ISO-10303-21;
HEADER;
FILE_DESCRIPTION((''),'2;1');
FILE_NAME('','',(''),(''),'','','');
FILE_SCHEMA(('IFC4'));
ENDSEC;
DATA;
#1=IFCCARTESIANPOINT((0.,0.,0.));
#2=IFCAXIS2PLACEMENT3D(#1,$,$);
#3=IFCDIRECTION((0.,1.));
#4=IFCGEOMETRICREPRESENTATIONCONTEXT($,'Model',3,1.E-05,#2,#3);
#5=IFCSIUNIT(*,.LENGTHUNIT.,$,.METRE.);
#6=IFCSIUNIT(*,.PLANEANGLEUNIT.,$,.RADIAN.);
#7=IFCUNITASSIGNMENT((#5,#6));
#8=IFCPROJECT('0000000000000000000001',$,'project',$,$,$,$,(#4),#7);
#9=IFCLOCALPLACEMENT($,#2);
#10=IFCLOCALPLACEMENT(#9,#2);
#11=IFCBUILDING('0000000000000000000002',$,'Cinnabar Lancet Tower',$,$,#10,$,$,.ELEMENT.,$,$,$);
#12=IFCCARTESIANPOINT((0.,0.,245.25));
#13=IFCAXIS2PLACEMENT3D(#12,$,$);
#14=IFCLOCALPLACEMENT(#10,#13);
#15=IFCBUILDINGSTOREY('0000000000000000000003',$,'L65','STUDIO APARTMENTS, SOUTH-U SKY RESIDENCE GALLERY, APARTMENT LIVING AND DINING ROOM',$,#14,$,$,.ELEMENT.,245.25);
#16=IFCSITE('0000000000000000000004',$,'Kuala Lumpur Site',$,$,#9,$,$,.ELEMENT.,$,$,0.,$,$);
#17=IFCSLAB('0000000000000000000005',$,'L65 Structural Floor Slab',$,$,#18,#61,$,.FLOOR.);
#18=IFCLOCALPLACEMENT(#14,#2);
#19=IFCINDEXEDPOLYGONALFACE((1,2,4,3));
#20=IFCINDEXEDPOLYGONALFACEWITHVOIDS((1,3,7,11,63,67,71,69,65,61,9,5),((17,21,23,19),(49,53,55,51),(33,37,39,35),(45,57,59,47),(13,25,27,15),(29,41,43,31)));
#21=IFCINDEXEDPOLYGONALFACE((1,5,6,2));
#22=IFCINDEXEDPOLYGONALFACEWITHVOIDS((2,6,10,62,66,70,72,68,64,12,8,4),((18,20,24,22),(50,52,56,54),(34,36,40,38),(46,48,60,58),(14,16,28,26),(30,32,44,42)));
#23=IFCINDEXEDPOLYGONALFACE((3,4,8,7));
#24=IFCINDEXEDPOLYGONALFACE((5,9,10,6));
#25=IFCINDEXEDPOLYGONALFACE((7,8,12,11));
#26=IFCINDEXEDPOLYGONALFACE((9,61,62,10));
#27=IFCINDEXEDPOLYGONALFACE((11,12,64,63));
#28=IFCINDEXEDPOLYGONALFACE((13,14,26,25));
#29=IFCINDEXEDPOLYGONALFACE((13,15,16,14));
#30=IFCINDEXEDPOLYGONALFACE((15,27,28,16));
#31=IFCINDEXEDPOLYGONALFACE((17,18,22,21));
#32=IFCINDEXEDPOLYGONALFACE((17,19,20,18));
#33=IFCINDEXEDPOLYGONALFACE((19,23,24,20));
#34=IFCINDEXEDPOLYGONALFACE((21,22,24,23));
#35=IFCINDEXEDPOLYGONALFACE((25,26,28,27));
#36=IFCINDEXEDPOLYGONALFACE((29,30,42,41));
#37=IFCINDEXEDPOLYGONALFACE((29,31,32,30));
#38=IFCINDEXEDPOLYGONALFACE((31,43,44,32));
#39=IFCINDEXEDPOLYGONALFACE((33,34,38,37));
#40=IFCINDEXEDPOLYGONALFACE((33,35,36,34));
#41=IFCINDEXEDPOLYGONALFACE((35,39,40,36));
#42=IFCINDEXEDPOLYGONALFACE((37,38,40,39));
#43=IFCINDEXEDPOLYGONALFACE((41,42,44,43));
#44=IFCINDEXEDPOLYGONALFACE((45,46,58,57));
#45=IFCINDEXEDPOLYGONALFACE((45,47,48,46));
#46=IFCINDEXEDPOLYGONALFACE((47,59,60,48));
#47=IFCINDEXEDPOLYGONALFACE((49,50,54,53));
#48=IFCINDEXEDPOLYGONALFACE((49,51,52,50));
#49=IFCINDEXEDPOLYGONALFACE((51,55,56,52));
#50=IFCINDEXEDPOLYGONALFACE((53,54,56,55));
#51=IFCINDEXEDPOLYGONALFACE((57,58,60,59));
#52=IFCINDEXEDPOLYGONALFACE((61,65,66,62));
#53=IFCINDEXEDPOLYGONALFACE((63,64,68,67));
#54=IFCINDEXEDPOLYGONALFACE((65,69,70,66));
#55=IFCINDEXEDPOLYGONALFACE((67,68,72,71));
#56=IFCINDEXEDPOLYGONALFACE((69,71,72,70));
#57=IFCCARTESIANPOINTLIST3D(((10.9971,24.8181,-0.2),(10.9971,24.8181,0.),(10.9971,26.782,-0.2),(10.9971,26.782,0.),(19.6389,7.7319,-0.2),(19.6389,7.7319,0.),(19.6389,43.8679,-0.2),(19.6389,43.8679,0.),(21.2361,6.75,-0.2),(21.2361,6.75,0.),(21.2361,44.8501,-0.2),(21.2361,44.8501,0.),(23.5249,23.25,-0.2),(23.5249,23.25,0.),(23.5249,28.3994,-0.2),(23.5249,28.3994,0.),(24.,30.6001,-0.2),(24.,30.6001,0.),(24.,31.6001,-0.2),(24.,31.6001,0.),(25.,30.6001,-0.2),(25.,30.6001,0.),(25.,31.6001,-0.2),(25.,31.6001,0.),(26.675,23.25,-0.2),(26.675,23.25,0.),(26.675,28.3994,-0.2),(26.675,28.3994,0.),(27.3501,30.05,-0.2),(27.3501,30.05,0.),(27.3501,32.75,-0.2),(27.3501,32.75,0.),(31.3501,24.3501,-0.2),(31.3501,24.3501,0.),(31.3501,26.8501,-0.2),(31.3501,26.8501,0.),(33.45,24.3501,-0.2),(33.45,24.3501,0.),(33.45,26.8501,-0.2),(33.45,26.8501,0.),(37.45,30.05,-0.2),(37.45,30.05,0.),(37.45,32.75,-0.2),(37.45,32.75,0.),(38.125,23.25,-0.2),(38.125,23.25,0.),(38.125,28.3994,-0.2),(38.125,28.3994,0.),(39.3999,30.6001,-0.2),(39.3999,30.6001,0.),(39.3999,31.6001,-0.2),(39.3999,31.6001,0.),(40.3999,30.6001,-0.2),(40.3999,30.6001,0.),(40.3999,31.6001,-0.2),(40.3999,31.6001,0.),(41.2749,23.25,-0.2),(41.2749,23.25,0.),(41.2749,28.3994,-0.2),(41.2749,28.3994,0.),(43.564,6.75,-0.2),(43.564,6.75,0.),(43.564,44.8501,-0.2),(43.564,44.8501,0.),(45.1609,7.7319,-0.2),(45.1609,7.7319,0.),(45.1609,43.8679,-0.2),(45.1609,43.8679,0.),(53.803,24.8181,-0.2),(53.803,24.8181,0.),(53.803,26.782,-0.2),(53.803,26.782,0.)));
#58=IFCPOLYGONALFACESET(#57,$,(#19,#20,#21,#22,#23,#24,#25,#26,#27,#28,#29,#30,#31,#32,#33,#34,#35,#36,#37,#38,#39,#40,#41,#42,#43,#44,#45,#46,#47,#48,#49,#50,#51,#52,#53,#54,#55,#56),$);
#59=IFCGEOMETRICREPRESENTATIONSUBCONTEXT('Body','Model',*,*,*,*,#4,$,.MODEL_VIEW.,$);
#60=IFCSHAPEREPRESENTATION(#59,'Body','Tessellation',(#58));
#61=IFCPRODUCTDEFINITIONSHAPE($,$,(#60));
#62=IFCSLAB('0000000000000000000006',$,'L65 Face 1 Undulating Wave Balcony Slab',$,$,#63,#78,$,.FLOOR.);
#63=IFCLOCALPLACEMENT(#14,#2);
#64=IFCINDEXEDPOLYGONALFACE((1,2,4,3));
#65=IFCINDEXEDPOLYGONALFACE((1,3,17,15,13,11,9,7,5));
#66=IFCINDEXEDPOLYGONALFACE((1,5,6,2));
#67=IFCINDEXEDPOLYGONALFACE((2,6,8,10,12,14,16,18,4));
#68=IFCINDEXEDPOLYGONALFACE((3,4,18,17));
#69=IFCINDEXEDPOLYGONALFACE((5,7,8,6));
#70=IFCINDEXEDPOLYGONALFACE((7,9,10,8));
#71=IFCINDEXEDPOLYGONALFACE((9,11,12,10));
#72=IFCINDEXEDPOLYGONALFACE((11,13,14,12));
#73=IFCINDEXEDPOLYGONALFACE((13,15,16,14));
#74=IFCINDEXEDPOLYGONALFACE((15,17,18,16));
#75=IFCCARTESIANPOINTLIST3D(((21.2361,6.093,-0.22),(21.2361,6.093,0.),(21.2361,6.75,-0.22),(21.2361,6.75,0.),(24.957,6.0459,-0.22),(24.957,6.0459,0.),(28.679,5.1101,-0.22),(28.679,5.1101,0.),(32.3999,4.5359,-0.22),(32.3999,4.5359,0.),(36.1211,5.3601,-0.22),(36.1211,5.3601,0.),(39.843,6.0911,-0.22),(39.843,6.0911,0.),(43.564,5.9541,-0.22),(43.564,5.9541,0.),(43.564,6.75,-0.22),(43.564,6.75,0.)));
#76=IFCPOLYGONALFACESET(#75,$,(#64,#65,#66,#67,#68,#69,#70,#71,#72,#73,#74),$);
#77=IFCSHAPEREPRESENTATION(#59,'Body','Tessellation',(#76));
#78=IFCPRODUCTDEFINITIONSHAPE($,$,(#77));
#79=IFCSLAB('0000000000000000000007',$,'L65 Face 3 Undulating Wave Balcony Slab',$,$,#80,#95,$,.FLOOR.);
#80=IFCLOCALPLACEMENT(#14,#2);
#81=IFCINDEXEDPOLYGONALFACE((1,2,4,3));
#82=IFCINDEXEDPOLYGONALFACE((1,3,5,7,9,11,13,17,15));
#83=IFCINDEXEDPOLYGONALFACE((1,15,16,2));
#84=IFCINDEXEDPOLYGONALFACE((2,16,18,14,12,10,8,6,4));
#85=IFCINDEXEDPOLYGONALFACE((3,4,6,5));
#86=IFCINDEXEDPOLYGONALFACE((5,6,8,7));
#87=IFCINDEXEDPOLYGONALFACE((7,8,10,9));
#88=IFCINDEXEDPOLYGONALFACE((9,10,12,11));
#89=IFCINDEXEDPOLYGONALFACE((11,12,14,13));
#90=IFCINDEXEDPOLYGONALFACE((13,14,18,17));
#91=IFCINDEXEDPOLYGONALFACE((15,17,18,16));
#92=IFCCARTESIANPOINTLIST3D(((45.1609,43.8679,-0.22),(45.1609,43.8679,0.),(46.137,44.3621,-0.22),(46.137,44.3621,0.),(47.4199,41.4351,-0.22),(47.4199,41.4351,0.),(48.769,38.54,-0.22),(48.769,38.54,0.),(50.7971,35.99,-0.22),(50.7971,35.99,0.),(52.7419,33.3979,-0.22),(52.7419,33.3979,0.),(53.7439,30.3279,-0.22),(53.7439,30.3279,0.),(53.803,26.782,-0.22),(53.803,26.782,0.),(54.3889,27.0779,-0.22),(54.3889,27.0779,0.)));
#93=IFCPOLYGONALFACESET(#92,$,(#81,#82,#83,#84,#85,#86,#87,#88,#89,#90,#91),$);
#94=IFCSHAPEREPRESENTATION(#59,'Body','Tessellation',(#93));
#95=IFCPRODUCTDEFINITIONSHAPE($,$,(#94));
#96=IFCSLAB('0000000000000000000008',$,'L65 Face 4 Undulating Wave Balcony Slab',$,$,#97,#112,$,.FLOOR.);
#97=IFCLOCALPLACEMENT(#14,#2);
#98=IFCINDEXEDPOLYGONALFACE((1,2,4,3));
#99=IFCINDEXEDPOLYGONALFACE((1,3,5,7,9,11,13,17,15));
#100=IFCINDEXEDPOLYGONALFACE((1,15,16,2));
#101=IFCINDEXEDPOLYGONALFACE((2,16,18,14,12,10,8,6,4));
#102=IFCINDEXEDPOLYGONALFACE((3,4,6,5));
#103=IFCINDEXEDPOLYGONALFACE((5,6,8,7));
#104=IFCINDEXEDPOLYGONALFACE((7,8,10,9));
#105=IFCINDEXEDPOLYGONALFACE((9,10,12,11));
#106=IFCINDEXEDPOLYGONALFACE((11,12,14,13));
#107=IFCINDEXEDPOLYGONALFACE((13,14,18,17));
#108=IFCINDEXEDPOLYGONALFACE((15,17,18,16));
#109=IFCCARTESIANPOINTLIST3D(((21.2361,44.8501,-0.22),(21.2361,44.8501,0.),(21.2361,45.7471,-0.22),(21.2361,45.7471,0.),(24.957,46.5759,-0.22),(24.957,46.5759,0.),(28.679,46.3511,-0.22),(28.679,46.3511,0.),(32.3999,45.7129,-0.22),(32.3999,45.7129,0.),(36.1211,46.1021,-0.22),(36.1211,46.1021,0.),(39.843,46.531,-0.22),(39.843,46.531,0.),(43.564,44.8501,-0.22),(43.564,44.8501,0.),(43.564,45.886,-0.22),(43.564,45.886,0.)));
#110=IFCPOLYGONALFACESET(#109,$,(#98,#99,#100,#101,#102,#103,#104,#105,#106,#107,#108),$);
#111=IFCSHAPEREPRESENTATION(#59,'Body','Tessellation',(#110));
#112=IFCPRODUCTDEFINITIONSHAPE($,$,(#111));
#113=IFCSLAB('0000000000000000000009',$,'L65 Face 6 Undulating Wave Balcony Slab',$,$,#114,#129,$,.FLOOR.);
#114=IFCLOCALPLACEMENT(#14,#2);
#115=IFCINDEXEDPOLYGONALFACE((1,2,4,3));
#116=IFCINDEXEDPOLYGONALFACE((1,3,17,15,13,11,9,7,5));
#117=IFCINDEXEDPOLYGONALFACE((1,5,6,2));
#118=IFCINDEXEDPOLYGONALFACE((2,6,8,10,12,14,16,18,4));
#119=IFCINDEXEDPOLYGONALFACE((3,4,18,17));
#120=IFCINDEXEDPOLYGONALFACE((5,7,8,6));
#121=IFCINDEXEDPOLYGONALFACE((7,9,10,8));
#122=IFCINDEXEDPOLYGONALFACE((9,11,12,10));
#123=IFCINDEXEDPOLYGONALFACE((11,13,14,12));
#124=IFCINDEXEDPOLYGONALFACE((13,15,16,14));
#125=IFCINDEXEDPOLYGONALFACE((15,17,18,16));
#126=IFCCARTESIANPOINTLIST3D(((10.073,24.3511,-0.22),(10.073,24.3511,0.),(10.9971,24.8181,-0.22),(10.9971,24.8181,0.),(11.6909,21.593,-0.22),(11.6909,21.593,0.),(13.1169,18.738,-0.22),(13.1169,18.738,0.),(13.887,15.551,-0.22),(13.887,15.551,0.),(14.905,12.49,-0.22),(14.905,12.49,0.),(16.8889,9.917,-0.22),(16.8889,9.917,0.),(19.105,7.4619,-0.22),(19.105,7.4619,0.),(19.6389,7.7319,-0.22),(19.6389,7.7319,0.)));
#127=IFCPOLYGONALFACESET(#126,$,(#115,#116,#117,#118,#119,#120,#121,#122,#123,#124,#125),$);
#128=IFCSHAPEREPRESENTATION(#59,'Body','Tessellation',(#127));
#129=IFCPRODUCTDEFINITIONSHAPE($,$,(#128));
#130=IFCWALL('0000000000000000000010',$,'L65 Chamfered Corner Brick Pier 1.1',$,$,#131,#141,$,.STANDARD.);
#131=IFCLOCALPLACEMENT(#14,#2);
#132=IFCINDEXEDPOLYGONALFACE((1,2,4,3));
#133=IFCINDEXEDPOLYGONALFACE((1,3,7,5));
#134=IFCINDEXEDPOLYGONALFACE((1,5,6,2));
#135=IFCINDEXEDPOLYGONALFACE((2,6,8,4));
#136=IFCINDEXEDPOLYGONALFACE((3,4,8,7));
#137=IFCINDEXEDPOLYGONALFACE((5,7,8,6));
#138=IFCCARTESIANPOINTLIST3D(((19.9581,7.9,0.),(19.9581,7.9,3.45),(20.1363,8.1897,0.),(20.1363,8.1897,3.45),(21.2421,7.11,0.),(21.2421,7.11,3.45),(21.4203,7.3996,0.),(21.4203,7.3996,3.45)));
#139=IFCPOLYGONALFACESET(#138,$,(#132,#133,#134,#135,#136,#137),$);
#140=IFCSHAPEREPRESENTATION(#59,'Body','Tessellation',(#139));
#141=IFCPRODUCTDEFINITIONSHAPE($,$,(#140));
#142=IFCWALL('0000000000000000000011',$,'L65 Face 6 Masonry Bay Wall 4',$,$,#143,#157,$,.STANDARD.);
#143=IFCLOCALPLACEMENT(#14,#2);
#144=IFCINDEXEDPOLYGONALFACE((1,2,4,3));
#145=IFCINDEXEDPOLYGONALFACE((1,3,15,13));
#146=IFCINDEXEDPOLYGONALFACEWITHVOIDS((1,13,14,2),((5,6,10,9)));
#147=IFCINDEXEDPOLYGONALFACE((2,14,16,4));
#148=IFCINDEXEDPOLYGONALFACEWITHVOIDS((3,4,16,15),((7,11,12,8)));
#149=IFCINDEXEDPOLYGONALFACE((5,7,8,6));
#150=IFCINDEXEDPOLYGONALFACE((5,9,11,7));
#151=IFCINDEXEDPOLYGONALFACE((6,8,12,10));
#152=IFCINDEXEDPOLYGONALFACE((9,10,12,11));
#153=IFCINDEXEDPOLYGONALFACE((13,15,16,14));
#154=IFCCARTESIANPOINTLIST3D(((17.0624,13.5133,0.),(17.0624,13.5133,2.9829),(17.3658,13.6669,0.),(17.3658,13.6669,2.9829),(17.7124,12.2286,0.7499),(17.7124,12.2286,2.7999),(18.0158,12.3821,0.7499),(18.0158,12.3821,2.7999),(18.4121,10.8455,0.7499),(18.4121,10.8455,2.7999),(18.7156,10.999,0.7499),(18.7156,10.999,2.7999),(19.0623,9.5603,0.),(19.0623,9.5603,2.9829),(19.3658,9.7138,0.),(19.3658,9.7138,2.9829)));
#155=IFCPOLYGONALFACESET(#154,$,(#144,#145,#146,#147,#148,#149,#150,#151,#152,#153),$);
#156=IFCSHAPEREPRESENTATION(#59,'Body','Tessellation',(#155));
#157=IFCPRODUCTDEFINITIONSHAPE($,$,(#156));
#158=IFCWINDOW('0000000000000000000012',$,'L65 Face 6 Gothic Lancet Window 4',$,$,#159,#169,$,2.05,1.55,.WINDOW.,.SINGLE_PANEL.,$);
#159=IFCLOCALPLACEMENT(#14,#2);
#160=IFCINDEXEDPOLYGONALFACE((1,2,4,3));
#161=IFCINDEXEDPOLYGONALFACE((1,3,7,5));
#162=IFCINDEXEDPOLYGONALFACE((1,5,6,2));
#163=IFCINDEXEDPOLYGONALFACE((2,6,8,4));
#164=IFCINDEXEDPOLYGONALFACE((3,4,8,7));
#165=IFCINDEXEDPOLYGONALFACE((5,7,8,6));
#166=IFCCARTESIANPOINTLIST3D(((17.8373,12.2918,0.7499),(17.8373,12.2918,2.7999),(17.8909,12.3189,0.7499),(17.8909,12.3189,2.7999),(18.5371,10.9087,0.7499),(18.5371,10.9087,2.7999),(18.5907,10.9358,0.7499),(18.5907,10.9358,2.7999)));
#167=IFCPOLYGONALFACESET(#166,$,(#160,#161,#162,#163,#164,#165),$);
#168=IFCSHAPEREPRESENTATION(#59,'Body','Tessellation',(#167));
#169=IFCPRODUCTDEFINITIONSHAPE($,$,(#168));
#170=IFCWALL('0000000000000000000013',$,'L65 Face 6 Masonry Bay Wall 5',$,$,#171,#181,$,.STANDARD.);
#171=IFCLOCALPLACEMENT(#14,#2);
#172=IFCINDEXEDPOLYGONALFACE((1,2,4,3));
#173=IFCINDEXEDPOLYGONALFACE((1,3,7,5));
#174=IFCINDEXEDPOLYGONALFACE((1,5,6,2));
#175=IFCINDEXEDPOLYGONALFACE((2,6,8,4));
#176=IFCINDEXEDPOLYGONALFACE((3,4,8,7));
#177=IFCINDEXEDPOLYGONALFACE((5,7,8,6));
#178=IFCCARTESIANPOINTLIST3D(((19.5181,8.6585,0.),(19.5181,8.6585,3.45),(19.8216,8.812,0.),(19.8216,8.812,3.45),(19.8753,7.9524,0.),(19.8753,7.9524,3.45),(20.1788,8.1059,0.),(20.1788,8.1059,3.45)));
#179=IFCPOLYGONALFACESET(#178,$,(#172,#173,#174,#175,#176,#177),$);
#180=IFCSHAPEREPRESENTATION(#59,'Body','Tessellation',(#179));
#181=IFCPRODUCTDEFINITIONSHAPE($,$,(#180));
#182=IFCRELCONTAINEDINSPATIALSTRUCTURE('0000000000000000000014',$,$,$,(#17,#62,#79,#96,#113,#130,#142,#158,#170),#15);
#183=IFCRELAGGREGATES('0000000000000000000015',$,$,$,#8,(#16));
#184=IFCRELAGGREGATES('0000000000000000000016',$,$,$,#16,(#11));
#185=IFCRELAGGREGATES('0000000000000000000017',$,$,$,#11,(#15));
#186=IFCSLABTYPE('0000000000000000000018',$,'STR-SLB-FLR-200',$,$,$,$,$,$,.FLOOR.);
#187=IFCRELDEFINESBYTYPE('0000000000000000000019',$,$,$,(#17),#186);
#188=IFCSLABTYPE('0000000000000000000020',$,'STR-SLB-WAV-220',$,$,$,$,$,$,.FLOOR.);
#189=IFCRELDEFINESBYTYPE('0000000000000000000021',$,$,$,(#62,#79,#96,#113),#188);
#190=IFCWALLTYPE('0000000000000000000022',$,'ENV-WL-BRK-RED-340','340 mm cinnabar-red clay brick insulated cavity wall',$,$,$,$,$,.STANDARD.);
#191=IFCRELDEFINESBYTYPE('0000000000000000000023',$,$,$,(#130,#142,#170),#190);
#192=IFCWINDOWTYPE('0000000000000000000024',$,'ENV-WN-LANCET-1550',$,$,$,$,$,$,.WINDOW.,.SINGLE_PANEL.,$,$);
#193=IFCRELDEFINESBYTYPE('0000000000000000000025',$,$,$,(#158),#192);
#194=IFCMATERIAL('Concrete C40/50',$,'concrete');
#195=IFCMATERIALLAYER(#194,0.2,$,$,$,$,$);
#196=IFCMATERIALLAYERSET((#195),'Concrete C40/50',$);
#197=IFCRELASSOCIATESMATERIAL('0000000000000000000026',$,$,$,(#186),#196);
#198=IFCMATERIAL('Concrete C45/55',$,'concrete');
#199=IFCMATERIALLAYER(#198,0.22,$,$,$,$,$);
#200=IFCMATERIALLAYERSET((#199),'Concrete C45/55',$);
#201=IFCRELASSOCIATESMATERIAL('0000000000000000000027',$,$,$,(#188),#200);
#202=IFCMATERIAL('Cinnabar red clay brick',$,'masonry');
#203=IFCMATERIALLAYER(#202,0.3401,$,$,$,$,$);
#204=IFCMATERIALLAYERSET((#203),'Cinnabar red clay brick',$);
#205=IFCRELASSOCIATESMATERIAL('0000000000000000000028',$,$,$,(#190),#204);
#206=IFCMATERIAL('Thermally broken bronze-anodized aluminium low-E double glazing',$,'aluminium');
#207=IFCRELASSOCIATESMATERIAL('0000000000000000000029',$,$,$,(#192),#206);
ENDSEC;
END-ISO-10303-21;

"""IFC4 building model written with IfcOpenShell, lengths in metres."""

from ifc_helpers import new_model, si_unit, direction, frame, frame_2d, origin, place, context, subcontext, project, spatial, polyline, rectangle, outline, extrude, material, layer, layer_set, type_object, element, fill, save


model = new_model("IFC4")

# Units and contexts
model_context = context("Model", 3, precision=1e-05, world=origin(), true_north=direction((0.0, 1.0)))
body_context = subcontext(model_context, "Body", "Model", "MODEL_VIEW")
ifc_project = project(units=[si_unit("LENGTHUNIT", "METRE"), si_unit("PLANEANGLEUNIT", "RADIAN")], contexts=[model_context])

# Site, building, storey
site_placement = place(None, origin())
site = spatial("IfcSite", under=ifc_project, at=site_placement, Name="Kuala Lumpur Site", CompositionType="ELEMENT", RefElevation=0.0)
building_placement = place(site_placement, origin())
building = spatial("IfcBuilding", under=site, at=building_placement, Name="Cinnabar Lancet Tower", CompositionType="ELEMENT")
storey_placement = place(building_placement, frame((0.0, 0.0, 245.25)))
storey = spatial("IfcBuildingStorey", under=building, at=storey_placement, Name="L65", Description="STUDIO APARTMENTS, SOUTH-U SKY RESIDENCE GALLERY, APARTMENT LIVING AND DINING ROOM", CompositionType="ELEMENT", Elevation=245.25)

# Slabs
ifc_material_1 = material(Name="Concrete C40/50", Category="concrete")
ifc_layer_1 = layer(ifc_material_1, 0.2)
ifc_layer_set_1 = layer_set([ifc_layer_1], Name="Concrete C40/50")
slab_type_1 = type_object("IfcSlabType", Name="STR-SLB-FLR-200", PredefinedType="FLOOR", material=ifc_layer_set_1)
slab_1_placement = place(storey_placement, frame((0.0, 0.0, -0.2)))
element("IfcSlab", 1, at=slab_1_placement, inside=storey, type_object=slab_type_1, Name="L65 Structural Floor Slab", PredefinedType="FLOOR", context=body_context, shape_type="SweptSolid", body=[
    extrude(outline(polyline([(19.6389, 7.7319), (21.2361, 6.75), (43.564, 6.75), (45.1609, 7.7319), (53.803, 24.8181), (53.803, 26.782), (45.1609, 43.8679), (43.564, 44.8501), (21.2361, 44.8501), (19.6389, 43.8679), (10.9971, 26.782), (10.9971, 24.8181), (19.6389, 7.7319)]), holes=[polyline([(23.5249, 23.25), (26.675, 23.25), (26.675, 28.3994), (23.5249, 28.3994), (23.5249, 23.25)]), polyline([(38.125, 23.25), (41.2749, 23.25), (41.2749, 28.3994), (38.125, 28.3994), (38.125, 23.25)]), polyline([(27.3501, 30.05), (37.45, 30.05), (37.45, 32.75), (27.3501, 32.75), (27.3501, 30.05)]), polyline([(31.3501, 24.3501), (33.45, 24.3501), (33.45, 26.8501), (31.3501, 26.8501), (31.3501, 24.3501)]), polyline([(24.0, 30.6001), (25.0, 30.6001), (25.0, 31.6001), (24.0, 31.6001), (24.0, 30.6001)]), polyline([(39.3999, 30.6001), (40.3999, 30.6001), (40.3999, 31.6001), (39.3999, 31.6001), (39.3999, 30.6001)])]), origin(), (0.0, 0.0, 1.0), 0.2),
])
ifc_material_2 = material(Name="Concrete C45/55", Category="concrete")
ifc_layer_2 = layer(ifc_material_2, 0.22)
ifc_layer_set_2 = layer_set([ifc_layer_2], Name="Concrete C45/55")
slab_type_2 = type_object("IfcSlabType", Name="STR-SLB-WAV-220", PredefinedType="FLOOR", material=ifc_layer_set_2)
slab_2_placement = place(storey_placement, frame((0.0, 0.0, -0.22)))
element("IfcSlab", 2, at=slab_2_placement, inside=storey, type_object=slab_type_2, Name="L65 Face 1 Undulating Wave Balcony Slab", PredefinedType="FLOOR", context=body_context, shape_type="SweptSolid", body=[
    extrude(outline(polyline([(21.2361, 6.75), (21.2361, 6.093), (24.957, 6.0459), (28.679, 5.1101), (32.3999, 4.5359), (36.1211, 5.3601), (39.843, 6.0911), (43.564, 5.9541), (43.564, 6.75), (21.2361, 6.75)])), origin(), (0.0, 0.0, 1.0), 0.22),
])
slab_3_placement = place(storey_placement, frame((0.0, 0.0, -0.22)))
element("IfcSlab", 3, at=slab_3_placement, inside=storey, type_object=slab_type_2, Name="L65 Face 3 Undulating Wave Balcony Slab", PredefinedType="FLOOR", context=body_context, shape_type="SweptSolid", body=[
    extrude(outline(polyline([(53.803, 26.782), (54.3889, 27.0779), (53.7439, 30.3279), (52.7419, 33.3979), (50.7971, 35.99), (48.769, 38.54), (47.4199, 41.4351), (46.137, 44.3621), (45.1609, 43.8679), (53.803, 26.782)])), origin(), (0.0, 0.0, 1.0), 0.22),
])
slab_4_placement = place(storey_placement, frame((0.0, 0.0, -0.22)))
element("IfcSlab", 4, at=slab_4_placement, inside=storey, type_object=slab_type_2, Name="L65 Face 4 Undulating Wave Balcony Slab", PredefinedType="FLOOR", context=body_context, shape_type="SweptSolid", body=[
    extrude(outline(polyline([(43.564, 44.8501), (43.564, 45.886), (39.843, 46.531), (36.1211, 46.1021), (32.3999, 45.7129), (28.679, 46.3511), (24.957, 46.5759), (21.2361, 45.7471), (21.2361, 44.8501), (43.564, 44.8501)])), origin(), (0.0, 0.0, 1.0), 0.22),
])
slab_5_placement = place(storey_placement, frame((0.0, 0.0, -0.22)))
element("IfcSlab", 5, at=slab_5_placement, inside=storey, type_object=slab_type_2, Name="L65 Face 6 Undulating Wave Balcony Slab", PredefinedType="FLOOR", context=body_context, shape_type="SweptSolid", body=[
    extrude(outline(polyline([(10.9971, 24.8181), (10.073, 24.3511), (11.6909, 21.593), (13.1169, 18.738), (13.887, 15.551), (14.905, 12.49), (16.8889, 9.917), (19.105, 7.4619), (19.6389, 7.7319), (10.9971, 24.8181)])), origin(), (0.0, 0.0, 1.0), 0.22),
])

# Wall
ifc_material_3 = material(Name="Cinnabar red clay brick", Category="masonry")
ifc_layer_3 = layer(ifc_material_3, 0.3401)
ifc_layer_set_3 = layer_set([ifc_layer_3], Name="Cinnabar red clay brick")
wall_type = type_object("IfcWallType", Name="ENV-WL-BRK-RED-340", Description="340 mm cinnabar-red clay brick insulated cavity wall", PredefinedType="STANDARD", material=ifc_layer_set_3)
wall_1_placement = place(storey_placement, frame((20.0471, 8.0449, 0.0), z_axis=(0.0, 0.0, 1.0), x_axis=(0.851681, -0.524061, 0.0)))
element("IfcWall", 6, at=wall_1_placement, inside=storey, type_object=wall_type, Name="L65 Chamfered Corner Brick Pier 1.1", PredefinedType="STANDARD", context=body_context, shape_type="SweptSolid", body=[
    extrude(rectangle(XDim=1.5076, YDim=0.3401, at=frame_2d((0.7539, 0.0))), origin(), (0.0, 0.0, 1.0), 3.45),
])

# Wall, opening, window
wall_2_placement = place(storey_placement, frame((17.2141, 13.5901, 0.0), z_axis=(0.0, 0.0, 1.0), x_axis=(0.451441, -0.892301, 0.0)))
wall_2 = element("IfcWall", 7, at=wall_2_placement, inside=storey, type_object=wall_type, Name="L65 Face 6 Masonry Bay Wall 4", PredefinedType="STANDARD", context=body_context, shape_type="SweptSolid", body=[
    extrude(rectangle(XDim=4.4302, YDim=0.3401, at=frame_2d((2.2151, 0.0))), origin(), (0.0, 0.0, 1.0), 2.9829),
])
opening_placement = place(wall_2_placement, frame((1.4399, 0.0, 0.75)))
opening = element("IfcOpeningElement", 8, at=opening_placement, cuts=wall_2, PredefinedType="OPENING", context=body_context, shape_type="SweptSolid", body=[
    extrude(rectangle(XDim=1.55, YDim=2.05, at=frame_2d((0.7749, 1.0249))), frame((0.0, 0.1799, 0.0), z_axis=(0.0, -1.0, 0.0), x_axis=(1.0, 0.0, 0.0)), (0.0, 0.0, 1.0), 0.3601),
])
ifc_material_4 = material(Name="Thermally broken bronze-anodized aluminium low-E double glazing", Category="aluminium")
window_type = type_object("IfcWindowType", Name="ENV-WN-LANCET-1550", PartitioningType="SINGLE_PANEL", PredefinedType="WINDOW", material=ifc_material_4)
window_placement = place(opening_placement, origin())
window = element("IfcWindow", 9, at=window_placement, inside=storey, type_object=window_type, Name="L65 Face 6 Gothic Lancet Window 4", OverallHeight=2.05, OverallWidth=1.55, PartitioningType="SINGLE_PANEL", PredefinedType="WINDOW", context=body_context, shape_type="SweptSolid", body=[
    extrude(rectangle(XDim=1.55, YDim=2.05, at=frame_2d((0.7749, 1.0249))), frame((0.0, 0.03, 0.0), z_axis=(0.0, -1.0, 0.0), x_axis=(1.0, 0.0, 0.0)), (0.0, 0.0, 1.0), 0.0601),
])
fill(opening, window)

# Wall
wall_3_placement = place(storey_placement, frame((19.6699, 8.7351, 0.0), z_axis=(0.0, 0.0, 1.0), x_axis=(0.451405, -0.892319, 0.0)))
element("IfcWall", 10, at=wall_3_placement, inside=storey, type_object=wall_type, Name="L65 Face 6 Masonry Bay Wall 5", PredefinedType="STANDARD", context=body_context, shape_type="SweptSolid", body=[
    extrude(rectangle(XDim=0.7913, YDim=0.3401, at=frame_2d((0.3955, 0.0))), origin(), (0.0, 0.0, 1.0), 3.45),
])

save(model, "model.ifc")
